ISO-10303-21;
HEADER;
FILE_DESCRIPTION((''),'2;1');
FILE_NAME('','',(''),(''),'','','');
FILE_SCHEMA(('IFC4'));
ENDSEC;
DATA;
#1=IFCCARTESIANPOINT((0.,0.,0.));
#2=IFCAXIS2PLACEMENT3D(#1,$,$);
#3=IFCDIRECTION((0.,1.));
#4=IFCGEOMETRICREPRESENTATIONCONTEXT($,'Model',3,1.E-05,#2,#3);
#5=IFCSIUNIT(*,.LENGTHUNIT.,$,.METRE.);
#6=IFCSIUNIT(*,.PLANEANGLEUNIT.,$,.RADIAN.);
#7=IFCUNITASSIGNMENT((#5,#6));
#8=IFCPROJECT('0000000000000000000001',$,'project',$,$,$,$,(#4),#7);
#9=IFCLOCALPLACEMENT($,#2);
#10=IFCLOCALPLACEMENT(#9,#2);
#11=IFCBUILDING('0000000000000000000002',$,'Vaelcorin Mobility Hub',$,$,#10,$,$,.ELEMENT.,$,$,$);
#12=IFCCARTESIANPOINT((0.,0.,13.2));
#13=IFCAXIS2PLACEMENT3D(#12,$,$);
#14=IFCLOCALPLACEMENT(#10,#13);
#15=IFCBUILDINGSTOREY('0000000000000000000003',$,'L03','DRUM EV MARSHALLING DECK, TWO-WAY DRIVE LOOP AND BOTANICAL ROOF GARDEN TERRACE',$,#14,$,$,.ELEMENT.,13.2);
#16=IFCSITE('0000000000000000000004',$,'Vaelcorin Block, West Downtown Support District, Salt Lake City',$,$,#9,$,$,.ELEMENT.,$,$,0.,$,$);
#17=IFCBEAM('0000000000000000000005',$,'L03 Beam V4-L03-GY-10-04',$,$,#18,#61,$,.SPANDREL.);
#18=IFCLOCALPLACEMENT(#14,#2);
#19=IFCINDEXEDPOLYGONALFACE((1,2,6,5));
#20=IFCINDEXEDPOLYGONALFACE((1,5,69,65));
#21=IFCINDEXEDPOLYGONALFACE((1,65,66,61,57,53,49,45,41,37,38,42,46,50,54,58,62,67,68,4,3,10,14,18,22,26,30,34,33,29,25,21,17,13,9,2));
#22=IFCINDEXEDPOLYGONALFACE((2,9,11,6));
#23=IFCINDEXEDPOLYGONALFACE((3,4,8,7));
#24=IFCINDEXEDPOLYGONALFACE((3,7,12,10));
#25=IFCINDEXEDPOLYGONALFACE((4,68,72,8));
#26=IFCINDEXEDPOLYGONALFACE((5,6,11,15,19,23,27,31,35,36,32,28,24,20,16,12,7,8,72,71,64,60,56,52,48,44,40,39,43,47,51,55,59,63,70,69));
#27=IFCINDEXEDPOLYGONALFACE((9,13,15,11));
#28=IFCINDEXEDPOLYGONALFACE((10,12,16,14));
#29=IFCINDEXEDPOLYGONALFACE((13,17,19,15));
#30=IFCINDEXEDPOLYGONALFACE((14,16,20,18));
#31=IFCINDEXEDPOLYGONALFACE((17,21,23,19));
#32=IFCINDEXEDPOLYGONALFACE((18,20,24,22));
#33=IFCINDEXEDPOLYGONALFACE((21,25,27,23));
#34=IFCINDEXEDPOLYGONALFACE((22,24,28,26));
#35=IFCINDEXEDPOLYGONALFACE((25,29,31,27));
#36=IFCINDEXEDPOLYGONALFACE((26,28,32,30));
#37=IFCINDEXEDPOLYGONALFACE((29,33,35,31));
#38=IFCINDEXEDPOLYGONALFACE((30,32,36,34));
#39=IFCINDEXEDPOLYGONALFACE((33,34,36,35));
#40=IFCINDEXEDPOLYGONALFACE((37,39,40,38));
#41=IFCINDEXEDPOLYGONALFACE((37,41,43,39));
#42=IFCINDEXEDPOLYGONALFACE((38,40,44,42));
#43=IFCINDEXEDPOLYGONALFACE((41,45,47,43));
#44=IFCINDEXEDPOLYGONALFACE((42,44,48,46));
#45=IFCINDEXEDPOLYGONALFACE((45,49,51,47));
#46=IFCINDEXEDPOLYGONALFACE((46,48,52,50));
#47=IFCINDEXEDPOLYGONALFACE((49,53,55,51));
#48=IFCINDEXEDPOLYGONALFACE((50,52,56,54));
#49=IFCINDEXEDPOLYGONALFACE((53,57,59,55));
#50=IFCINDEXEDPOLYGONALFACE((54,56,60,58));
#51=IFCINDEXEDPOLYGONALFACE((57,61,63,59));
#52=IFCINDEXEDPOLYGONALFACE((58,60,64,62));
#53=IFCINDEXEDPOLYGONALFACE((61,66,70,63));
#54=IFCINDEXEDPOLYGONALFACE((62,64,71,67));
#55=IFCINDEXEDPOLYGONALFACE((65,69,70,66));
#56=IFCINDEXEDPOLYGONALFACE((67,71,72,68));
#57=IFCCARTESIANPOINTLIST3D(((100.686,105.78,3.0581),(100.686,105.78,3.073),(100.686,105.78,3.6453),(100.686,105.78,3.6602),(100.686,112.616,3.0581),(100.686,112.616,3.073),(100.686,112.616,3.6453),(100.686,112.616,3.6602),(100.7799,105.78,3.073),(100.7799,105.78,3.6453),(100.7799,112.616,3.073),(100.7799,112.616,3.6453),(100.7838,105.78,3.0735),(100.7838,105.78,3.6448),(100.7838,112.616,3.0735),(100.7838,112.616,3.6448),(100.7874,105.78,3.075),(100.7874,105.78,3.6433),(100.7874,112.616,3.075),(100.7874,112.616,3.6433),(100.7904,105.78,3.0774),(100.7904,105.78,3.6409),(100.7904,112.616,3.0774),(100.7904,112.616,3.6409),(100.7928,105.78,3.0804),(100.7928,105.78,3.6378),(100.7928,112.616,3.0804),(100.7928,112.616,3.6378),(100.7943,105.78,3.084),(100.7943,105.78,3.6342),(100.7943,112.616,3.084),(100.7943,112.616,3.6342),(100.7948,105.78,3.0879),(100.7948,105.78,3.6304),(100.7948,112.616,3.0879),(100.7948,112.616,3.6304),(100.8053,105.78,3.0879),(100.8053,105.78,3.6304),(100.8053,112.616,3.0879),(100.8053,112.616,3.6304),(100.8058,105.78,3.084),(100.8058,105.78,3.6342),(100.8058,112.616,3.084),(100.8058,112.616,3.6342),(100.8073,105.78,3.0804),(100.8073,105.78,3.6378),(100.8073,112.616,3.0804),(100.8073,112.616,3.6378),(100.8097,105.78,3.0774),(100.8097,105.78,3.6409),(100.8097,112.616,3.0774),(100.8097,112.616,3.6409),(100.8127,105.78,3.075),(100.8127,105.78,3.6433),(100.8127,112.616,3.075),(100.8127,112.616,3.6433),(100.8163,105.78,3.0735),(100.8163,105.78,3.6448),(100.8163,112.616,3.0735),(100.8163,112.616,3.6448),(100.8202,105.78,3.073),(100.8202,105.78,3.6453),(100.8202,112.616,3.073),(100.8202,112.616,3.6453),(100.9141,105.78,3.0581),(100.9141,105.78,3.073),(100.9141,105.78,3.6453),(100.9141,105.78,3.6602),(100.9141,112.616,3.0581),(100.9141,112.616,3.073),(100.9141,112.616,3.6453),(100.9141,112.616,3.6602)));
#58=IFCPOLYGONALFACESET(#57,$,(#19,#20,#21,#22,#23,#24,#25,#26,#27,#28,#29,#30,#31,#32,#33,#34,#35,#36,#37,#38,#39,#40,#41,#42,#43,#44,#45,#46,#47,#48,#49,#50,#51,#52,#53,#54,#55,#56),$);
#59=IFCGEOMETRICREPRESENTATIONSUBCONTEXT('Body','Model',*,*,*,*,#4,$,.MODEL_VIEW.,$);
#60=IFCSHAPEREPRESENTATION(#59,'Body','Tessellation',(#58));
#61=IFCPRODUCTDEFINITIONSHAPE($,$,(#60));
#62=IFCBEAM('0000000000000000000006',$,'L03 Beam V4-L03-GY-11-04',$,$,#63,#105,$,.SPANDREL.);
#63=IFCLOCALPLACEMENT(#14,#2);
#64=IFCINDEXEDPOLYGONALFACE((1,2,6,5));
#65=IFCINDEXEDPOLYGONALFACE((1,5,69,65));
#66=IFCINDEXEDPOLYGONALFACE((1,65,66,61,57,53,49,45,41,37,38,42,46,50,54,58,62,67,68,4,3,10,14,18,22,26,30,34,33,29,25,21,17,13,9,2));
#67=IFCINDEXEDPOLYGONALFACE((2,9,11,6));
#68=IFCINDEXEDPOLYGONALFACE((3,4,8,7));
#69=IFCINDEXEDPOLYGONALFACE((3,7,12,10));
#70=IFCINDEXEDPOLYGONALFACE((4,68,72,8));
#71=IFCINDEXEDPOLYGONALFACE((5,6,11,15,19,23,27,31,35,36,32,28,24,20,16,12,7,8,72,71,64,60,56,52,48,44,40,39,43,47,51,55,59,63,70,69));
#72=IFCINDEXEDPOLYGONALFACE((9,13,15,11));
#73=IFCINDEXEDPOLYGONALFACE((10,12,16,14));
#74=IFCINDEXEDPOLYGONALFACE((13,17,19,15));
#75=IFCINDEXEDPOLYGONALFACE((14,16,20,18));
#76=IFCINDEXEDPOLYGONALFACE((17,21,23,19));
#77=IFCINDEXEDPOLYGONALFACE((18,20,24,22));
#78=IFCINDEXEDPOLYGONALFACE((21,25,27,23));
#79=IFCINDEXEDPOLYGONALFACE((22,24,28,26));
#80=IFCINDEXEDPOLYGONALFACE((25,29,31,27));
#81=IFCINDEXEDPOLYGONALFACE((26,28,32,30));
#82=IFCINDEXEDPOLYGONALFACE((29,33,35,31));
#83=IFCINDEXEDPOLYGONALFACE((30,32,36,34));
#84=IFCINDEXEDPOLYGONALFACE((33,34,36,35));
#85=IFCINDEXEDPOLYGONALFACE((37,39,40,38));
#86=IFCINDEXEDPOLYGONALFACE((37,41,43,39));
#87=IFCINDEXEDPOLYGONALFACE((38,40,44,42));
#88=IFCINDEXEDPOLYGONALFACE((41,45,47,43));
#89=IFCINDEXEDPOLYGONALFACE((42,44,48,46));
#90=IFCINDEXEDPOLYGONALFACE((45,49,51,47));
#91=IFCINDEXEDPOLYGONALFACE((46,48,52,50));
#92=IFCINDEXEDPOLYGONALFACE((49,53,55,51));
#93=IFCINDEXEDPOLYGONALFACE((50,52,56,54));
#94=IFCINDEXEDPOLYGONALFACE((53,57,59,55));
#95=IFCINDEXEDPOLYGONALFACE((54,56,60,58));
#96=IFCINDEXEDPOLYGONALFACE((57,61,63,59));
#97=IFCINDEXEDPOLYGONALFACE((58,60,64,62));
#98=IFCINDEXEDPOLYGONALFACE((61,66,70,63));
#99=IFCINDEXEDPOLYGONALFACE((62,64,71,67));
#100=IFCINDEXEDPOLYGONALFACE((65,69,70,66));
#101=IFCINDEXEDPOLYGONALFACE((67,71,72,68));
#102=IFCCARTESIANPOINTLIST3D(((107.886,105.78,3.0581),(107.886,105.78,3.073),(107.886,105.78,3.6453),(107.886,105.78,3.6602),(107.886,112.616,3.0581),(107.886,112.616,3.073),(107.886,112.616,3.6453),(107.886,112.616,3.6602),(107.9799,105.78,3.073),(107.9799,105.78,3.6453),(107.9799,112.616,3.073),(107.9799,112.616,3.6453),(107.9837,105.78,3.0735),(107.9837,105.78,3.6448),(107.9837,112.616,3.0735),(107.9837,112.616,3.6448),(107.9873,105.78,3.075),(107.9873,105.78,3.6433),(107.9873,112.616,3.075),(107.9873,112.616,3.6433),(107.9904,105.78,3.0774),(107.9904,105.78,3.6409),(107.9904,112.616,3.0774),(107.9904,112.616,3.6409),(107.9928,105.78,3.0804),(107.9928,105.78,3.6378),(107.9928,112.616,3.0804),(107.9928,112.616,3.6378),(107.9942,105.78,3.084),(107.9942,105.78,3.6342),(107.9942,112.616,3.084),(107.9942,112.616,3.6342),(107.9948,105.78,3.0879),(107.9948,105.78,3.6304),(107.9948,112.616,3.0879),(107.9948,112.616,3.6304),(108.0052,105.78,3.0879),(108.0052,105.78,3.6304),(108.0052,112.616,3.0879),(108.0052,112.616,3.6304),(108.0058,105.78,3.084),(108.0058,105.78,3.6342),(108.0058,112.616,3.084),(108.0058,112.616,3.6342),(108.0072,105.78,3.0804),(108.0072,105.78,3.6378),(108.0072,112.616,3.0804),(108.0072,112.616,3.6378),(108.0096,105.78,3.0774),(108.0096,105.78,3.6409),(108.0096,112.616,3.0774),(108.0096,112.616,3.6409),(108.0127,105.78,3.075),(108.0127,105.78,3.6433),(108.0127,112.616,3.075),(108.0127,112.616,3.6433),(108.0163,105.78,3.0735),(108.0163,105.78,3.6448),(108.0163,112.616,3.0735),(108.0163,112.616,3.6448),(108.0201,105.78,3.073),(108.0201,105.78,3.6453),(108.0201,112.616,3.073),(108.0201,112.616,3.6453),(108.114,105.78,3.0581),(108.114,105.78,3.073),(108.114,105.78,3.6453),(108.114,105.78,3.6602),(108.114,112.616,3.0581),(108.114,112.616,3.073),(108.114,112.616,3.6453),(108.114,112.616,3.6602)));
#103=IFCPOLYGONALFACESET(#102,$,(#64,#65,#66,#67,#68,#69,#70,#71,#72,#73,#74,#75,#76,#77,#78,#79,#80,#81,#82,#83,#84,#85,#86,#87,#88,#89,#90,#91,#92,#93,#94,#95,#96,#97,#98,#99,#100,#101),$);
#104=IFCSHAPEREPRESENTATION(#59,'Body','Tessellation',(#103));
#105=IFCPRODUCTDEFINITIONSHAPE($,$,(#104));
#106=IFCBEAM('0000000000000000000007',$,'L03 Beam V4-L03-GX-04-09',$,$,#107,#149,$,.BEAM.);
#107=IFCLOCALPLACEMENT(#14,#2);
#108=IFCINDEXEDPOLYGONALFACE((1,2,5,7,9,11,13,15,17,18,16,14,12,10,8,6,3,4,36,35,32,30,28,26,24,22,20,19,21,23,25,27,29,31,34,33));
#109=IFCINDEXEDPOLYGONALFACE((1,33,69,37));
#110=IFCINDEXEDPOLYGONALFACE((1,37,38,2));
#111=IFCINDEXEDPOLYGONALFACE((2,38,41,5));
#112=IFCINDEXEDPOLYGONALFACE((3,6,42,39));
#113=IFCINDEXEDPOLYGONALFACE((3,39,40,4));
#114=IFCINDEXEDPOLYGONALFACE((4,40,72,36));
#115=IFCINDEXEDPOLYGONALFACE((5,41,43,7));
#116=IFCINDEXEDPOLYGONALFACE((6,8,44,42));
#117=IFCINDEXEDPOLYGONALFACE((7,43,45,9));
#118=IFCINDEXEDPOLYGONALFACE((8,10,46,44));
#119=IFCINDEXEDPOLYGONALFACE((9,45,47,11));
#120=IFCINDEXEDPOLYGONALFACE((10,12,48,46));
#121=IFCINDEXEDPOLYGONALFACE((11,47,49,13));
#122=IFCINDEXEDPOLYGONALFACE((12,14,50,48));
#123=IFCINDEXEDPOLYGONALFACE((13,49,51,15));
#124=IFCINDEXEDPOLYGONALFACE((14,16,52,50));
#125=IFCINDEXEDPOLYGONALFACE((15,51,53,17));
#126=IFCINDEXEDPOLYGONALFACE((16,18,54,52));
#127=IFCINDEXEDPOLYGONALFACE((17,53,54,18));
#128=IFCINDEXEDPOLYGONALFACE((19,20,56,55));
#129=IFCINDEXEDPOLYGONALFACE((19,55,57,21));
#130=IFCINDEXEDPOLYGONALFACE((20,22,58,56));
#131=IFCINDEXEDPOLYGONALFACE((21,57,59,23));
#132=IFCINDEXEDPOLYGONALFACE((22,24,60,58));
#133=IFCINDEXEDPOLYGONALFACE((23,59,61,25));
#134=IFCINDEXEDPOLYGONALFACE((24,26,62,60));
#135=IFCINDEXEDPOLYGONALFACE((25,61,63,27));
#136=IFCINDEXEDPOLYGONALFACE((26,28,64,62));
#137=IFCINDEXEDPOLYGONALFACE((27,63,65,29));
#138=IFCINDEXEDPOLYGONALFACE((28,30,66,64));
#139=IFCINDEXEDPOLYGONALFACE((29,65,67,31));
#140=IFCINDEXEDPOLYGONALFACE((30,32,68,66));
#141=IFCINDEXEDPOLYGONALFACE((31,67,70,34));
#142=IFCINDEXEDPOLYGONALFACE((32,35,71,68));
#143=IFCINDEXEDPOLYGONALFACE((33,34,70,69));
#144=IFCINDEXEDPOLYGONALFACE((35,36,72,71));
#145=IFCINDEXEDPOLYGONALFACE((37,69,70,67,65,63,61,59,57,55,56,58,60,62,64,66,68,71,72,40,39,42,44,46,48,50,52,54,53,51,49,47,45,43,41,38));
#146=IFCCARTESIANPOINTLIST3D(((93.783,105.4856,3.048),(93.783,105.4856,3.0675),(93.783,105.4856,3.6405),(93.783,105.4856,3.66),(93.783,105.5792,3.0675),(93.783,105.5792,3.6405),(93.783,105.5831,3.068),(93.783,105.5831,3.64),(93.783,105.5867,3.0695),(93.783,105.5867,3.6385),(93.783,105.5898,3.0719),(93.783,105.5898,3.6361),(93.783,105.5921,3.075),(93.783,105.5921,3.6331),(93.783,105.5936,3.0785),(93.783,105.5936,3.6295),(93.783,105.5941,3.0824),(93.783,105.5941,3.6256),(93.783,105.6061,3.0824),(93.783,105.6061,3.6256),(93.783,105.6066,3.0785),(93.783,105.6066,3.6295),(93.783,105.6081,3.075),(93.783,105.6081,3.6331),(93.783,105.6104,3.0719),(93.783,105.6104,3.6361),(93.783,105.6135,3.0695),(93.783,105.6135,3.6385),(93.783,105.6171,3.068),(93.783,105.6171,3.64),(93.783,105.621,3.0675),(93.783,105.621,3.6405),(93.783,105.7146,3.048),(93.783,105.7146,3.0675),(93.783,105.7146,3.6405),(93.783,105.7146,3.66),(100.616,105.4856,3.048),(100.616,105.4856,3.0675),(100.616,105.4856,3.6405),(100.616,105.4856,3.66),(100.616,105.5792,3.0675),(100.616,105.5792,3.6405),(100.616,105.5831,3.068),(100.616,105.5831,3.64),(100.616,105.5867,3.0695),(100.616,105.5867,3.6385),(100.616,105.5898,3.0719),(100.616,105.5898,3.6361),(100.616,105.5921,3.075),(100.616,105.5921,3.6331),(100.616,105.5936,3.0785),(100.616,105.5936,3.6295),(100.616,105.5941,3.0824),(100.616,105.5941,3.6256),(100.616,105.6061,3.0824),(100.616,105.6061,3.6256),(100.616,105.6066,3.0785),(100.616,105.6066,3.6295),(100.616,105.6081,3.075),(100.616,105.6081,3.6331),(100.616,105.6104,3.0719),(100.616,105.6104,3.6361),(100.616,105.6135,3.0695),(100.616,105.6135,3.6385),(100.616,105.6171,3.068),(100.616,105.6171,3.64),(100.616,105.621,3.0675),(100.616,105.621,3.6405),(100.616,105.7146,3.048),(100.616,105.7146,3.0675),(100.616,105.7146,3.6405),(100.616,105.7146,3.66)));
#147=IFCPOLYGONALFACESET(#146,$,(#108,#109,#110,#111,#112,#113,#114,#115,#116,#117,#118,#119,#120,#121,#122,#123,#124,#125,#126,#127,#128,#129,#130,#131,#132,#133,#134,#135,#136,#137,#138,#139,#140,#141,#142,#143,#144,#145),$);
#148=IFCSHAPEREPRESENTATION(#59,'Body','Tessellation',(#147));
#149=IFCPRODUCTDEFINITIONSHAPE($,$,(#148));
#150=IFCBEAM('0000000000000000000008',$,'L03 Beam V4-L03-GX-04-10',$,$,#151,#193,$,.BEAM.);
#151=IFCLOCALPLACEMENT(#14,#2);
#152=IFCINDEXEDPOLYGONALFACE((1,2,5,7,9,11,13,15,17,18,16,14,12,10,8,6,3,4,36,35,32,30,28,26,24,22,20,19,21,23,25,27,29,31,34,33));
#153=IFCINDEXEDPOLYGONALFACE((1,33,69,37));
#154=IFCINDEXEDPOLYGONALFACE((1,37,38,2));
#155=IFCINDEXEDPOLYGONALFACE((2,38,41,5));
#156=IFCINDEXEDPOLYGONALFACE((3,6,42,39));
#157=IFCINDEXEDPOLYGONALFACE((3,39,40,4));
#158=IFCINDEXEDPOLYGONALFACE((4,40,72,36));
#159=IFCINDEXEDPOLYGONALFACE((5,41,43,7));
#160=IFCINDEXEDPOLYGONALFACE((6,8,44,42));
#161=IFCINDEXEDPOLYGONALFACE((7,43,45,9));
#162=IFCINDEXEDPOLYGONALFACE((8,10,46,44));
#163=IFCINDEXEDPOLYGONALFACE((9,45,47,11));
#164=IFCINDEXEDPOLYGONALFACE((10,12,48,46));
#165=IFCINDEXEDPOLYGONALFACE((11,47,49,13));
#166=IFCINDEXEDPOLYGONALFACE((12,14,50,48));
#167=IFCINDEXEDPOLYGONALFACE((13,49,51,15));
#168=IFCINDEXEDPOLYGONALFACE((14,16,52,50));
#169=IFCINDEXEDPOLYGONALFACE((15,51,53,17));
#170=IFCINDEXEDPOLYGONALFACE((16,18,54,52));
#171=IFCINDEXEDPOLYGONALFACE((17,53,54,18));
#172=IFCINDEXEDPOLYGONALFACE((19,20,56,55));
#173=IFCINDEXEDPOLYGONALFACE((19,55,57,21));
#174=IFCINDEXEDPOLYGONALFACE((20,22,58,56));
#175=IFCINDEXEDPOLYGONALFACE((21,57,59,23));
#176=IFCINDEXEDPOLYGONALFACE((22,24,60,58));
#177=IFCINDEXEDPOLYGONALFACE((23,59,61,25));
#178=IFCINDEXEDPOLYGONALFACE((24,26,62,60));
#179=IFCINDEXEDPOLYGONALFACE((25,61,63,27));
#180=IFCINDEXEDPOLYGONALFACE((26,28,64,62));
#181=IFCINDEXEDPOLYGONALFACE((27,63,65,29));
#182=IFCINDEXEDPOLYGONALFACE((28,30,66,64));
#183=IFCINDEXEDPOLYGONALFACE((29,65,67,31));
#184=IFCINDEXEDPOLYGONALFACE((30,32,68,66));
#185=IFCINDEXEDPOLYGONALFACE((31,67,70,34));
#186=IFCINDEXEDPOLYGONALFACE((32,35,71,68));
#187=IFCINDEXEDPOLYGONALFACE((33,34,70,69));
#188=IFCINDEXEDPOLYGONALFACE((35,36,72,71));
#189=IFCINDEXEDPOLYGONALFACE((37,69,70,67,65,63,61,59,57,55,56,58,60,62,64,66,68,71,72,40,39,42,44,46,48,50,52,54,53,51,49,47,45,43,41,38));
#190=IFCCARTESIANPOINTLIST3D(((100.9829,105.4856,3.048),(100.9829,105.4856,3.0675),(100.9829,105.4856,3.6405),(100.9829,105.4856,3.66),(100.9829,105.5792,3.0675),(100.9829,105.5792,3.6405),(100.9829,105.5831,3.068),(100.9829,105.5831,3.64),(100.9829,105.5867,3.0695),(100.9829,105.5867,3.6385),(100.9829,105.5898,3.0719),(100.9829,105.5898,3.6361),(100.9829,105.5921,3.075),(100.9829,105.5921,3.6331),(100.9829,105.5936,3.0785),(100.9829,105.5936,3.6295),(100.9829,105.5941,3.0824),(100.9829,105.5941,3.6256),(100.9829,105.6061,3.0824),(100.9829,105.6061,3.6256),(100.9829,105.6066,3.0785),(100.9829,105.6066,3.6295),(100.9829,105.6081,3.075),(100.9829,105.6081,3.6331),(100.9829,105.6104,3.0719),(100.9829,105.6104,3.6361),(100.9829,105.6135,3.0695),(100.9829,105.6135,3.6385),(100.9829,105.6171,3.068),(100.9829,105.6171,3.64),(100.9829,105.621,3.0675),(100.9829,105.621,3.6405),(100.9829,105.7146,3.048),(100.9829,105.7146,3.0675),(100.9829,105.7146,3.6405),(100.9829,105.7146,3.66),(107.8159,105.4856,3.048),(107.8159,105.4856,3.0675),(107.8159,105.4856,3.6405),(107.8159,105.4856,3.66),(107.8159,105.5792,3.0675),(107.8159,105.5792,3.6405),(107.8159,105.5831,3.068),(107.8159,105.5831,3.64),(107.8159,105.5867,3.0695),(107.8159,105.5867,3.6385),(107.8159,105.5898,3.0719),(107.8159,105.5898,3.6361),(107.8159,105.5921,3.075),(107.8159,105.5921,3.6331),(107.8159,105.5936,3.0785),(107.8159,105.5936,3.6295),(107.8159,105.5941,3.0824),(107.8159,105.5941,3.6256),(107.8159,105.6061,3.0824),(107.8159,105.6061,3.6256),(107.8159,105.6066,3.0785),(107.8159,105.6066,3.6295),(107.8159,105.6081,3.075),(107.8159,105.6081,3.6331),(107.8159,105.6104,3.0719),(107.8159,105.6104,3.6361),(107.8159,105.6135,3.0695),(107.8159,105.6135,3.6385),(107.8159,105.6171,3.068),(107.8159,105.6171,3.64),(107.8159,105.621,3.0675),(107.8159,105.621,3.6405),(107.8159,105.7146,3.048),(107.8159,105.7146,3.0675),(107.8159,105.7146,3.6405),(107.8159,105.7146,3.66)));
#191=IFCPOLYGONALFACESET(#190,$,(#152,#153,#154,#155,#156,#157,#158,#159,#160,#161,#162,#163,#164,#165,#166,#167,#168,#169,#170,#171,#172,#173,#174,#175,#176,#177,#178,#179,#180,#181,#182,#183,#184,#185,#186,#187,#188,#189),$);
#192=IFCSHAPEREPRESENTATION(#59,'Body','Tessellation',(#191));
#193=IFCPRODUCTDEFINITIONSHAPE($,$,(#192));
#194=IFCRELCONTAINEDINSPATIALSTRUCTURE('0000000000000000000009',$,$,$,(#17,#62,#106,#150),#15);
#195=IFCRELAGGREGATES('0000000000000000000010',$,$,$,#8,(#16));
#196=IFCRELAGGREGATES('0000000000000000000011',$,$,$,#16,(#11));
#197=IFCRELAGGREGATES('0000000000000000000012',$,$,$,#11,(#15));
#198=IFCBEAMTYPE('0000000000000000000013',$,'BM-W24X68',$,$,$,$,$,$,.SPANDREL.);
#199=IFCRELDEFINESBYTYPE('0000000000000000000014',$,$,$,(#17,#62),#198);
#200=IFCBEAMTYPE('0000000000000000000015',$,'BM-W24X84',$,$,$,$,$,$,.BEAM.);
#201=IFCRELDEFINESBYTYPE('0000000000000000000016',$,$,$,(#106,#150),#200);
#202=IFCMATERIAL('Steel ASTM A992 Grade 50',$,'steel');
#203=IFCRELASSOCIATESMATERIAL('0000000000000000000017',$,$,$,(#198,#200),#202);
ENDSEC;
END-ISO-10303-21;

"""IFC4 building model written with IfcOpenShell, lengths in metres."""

from ifc_helpers import new_model, si_unit, direction, frame, origin, origin_2d, place, context, subcontext, project, spatial, i_section, extrude, material, material_profile, profile_set, type_object, element, save


model = new_model("IFC4")

# Units and contexts
model_context = context("Model", 3, precision=1e-05, world=origin(), true_north=direction((0.0, 1.0)))
body_context = subcontext(model_context, "Body", "Model", "MODEL_VIEW")
ifc_project = project(units=[si_unit("LENGTHUNIT", "METRE"), si_unit("PLANEANGLEUNIT", "RADIAN")], contexts=[model_context])

# Site, building, storey
site_placement = place(None, origin())
site = spatial("IfcSite", under=ifc_project, at=site_placement, Name="Vaelcorin Block, West Downtown Support District, Salt Lake City", CompositionType="ELEMENT", RefElevation=0.0)
building_placement = place(site_placement, origin())
building = spatial("IfcBuilding", under=site, at=building_placement, Name="Vaelcorin Mobility Hub", CompositionType="ELEMENT")
storey_placement = place(building_placement, frame((0.0, 0.0, 13.2)))
storey = spatial("IfcBuildingStorey", under=building, at=storey_placement, Name="L03", Description="DRUM EV MARSHALLING DECK, TWO-WAY DRIVE LOOP AND BOTANICAL ROOF GARDEN TERRACE", CompositionType="ELEMENT", Elevation=13.2)

# Shared definitions
ifc_material_1 = material(Name="Steel ASTM A992 Grade 50", Category="steel")

# Beams
ifc_material_profile_1 = material_profile(ifc_material_1, i_section(OverallWidth=0.228, OverallDepth=0.6021, WebThickness=0.0105, FlangeThickness=0.0149, FilletRadius=0.0149, at=origin_2d()), Name="W24X68")
ifc_profile_set_1 = profile_set([ifc_material_profile_1], Name="Steel ASTM A992 Grade 50")
beam_type_1 = type_object("IfcBeamType", Name="BM-W24X68", PredefinedType="SPANDREL", material=ifc_profile_set_1)
for number, where, z_axis, x_axis, name in (
    (1, (100.8, 105.78, 3.3591), (0.0, 1.0, 0.0), (-1.0, 0.0, 0.0), "L03 Beam V4-L03-GY-10-04"),
    (2, (108.0, 105.78, 3.3591), (0.0, 1.0, 0.0), (-1.0, 0.0, 0.0), "L03 Beam V4-L03-GY-11-04"),
):
    element("IfcBeam", number, at=place(storey_placement, frame(where, z_axis=z_axis, x_axis=x_axis)), inside=storey, type_object=beam_type_1, Name=name, PredefinedType="SPANDREL", context=body_context, shape_type="SweptSolid", body=[
        extrude(i_section(OverallWidth=0.228, OverallDepth=0.6021, WebThickness=0.0105, FlangeThickness=0.0149, FilletRadius=0.0149, at=origin_2d()), origin(), (0.0, 0.0, 1.0), 6.8359),
    ])
ifc_material_profile_2 = material_profile(ifc_material_1, i_section(OverallWidth=0.229, OverallDepth=0.6121, WebThickness=0.012, FlangeThickness=0.0195, FilletRadius=0.0149, at=origin_2d()), Name="W24X84")
ifc_profile_set_2 = profile_set([ifc_material_profile_2], Name="Steel ASTM A992 Grade 50")
beam_type_2 = type_object("IfcBeamType", Name="BM-W24X84", PredefinedType="BEAM", material=ifc_profile_set_2)
for number, where, z_axis, x_axis, name in (
    (3, (93.783, 105.6001, 3.354), (1.0, 0.0, 0.0), (0.0, 1.0, 0.0), "L03 Beam V4-L03-GX-04-09"),
    (4, (100.9829, 105.6001, 3.354), (1.0, 0.0, 0.0), (0.0, 1.0, 0.0), "L03 Beam V4-L03-GX-04-10"),
):
    element("IfcBeam", number, at=place(storey_placement, frame(where, z_axis=z_axis, x_axis=x_axis)), inside=storey, type_object=beam_type_2, Name=name, PredefinedType="BEAM", context=body_context, shape_type="SweptSolid", body=[
        extrude(i_section(OverallWidth=0.229, OverallDepth=0.6121, WebThickness=0.012, FlangeThickness=0.0195, FilletRadius=0.0149, at=origin_2d()), origin(), (0.0, 0.0, 1.0), 6.833),
    ])

save(model, "model.ifc")
